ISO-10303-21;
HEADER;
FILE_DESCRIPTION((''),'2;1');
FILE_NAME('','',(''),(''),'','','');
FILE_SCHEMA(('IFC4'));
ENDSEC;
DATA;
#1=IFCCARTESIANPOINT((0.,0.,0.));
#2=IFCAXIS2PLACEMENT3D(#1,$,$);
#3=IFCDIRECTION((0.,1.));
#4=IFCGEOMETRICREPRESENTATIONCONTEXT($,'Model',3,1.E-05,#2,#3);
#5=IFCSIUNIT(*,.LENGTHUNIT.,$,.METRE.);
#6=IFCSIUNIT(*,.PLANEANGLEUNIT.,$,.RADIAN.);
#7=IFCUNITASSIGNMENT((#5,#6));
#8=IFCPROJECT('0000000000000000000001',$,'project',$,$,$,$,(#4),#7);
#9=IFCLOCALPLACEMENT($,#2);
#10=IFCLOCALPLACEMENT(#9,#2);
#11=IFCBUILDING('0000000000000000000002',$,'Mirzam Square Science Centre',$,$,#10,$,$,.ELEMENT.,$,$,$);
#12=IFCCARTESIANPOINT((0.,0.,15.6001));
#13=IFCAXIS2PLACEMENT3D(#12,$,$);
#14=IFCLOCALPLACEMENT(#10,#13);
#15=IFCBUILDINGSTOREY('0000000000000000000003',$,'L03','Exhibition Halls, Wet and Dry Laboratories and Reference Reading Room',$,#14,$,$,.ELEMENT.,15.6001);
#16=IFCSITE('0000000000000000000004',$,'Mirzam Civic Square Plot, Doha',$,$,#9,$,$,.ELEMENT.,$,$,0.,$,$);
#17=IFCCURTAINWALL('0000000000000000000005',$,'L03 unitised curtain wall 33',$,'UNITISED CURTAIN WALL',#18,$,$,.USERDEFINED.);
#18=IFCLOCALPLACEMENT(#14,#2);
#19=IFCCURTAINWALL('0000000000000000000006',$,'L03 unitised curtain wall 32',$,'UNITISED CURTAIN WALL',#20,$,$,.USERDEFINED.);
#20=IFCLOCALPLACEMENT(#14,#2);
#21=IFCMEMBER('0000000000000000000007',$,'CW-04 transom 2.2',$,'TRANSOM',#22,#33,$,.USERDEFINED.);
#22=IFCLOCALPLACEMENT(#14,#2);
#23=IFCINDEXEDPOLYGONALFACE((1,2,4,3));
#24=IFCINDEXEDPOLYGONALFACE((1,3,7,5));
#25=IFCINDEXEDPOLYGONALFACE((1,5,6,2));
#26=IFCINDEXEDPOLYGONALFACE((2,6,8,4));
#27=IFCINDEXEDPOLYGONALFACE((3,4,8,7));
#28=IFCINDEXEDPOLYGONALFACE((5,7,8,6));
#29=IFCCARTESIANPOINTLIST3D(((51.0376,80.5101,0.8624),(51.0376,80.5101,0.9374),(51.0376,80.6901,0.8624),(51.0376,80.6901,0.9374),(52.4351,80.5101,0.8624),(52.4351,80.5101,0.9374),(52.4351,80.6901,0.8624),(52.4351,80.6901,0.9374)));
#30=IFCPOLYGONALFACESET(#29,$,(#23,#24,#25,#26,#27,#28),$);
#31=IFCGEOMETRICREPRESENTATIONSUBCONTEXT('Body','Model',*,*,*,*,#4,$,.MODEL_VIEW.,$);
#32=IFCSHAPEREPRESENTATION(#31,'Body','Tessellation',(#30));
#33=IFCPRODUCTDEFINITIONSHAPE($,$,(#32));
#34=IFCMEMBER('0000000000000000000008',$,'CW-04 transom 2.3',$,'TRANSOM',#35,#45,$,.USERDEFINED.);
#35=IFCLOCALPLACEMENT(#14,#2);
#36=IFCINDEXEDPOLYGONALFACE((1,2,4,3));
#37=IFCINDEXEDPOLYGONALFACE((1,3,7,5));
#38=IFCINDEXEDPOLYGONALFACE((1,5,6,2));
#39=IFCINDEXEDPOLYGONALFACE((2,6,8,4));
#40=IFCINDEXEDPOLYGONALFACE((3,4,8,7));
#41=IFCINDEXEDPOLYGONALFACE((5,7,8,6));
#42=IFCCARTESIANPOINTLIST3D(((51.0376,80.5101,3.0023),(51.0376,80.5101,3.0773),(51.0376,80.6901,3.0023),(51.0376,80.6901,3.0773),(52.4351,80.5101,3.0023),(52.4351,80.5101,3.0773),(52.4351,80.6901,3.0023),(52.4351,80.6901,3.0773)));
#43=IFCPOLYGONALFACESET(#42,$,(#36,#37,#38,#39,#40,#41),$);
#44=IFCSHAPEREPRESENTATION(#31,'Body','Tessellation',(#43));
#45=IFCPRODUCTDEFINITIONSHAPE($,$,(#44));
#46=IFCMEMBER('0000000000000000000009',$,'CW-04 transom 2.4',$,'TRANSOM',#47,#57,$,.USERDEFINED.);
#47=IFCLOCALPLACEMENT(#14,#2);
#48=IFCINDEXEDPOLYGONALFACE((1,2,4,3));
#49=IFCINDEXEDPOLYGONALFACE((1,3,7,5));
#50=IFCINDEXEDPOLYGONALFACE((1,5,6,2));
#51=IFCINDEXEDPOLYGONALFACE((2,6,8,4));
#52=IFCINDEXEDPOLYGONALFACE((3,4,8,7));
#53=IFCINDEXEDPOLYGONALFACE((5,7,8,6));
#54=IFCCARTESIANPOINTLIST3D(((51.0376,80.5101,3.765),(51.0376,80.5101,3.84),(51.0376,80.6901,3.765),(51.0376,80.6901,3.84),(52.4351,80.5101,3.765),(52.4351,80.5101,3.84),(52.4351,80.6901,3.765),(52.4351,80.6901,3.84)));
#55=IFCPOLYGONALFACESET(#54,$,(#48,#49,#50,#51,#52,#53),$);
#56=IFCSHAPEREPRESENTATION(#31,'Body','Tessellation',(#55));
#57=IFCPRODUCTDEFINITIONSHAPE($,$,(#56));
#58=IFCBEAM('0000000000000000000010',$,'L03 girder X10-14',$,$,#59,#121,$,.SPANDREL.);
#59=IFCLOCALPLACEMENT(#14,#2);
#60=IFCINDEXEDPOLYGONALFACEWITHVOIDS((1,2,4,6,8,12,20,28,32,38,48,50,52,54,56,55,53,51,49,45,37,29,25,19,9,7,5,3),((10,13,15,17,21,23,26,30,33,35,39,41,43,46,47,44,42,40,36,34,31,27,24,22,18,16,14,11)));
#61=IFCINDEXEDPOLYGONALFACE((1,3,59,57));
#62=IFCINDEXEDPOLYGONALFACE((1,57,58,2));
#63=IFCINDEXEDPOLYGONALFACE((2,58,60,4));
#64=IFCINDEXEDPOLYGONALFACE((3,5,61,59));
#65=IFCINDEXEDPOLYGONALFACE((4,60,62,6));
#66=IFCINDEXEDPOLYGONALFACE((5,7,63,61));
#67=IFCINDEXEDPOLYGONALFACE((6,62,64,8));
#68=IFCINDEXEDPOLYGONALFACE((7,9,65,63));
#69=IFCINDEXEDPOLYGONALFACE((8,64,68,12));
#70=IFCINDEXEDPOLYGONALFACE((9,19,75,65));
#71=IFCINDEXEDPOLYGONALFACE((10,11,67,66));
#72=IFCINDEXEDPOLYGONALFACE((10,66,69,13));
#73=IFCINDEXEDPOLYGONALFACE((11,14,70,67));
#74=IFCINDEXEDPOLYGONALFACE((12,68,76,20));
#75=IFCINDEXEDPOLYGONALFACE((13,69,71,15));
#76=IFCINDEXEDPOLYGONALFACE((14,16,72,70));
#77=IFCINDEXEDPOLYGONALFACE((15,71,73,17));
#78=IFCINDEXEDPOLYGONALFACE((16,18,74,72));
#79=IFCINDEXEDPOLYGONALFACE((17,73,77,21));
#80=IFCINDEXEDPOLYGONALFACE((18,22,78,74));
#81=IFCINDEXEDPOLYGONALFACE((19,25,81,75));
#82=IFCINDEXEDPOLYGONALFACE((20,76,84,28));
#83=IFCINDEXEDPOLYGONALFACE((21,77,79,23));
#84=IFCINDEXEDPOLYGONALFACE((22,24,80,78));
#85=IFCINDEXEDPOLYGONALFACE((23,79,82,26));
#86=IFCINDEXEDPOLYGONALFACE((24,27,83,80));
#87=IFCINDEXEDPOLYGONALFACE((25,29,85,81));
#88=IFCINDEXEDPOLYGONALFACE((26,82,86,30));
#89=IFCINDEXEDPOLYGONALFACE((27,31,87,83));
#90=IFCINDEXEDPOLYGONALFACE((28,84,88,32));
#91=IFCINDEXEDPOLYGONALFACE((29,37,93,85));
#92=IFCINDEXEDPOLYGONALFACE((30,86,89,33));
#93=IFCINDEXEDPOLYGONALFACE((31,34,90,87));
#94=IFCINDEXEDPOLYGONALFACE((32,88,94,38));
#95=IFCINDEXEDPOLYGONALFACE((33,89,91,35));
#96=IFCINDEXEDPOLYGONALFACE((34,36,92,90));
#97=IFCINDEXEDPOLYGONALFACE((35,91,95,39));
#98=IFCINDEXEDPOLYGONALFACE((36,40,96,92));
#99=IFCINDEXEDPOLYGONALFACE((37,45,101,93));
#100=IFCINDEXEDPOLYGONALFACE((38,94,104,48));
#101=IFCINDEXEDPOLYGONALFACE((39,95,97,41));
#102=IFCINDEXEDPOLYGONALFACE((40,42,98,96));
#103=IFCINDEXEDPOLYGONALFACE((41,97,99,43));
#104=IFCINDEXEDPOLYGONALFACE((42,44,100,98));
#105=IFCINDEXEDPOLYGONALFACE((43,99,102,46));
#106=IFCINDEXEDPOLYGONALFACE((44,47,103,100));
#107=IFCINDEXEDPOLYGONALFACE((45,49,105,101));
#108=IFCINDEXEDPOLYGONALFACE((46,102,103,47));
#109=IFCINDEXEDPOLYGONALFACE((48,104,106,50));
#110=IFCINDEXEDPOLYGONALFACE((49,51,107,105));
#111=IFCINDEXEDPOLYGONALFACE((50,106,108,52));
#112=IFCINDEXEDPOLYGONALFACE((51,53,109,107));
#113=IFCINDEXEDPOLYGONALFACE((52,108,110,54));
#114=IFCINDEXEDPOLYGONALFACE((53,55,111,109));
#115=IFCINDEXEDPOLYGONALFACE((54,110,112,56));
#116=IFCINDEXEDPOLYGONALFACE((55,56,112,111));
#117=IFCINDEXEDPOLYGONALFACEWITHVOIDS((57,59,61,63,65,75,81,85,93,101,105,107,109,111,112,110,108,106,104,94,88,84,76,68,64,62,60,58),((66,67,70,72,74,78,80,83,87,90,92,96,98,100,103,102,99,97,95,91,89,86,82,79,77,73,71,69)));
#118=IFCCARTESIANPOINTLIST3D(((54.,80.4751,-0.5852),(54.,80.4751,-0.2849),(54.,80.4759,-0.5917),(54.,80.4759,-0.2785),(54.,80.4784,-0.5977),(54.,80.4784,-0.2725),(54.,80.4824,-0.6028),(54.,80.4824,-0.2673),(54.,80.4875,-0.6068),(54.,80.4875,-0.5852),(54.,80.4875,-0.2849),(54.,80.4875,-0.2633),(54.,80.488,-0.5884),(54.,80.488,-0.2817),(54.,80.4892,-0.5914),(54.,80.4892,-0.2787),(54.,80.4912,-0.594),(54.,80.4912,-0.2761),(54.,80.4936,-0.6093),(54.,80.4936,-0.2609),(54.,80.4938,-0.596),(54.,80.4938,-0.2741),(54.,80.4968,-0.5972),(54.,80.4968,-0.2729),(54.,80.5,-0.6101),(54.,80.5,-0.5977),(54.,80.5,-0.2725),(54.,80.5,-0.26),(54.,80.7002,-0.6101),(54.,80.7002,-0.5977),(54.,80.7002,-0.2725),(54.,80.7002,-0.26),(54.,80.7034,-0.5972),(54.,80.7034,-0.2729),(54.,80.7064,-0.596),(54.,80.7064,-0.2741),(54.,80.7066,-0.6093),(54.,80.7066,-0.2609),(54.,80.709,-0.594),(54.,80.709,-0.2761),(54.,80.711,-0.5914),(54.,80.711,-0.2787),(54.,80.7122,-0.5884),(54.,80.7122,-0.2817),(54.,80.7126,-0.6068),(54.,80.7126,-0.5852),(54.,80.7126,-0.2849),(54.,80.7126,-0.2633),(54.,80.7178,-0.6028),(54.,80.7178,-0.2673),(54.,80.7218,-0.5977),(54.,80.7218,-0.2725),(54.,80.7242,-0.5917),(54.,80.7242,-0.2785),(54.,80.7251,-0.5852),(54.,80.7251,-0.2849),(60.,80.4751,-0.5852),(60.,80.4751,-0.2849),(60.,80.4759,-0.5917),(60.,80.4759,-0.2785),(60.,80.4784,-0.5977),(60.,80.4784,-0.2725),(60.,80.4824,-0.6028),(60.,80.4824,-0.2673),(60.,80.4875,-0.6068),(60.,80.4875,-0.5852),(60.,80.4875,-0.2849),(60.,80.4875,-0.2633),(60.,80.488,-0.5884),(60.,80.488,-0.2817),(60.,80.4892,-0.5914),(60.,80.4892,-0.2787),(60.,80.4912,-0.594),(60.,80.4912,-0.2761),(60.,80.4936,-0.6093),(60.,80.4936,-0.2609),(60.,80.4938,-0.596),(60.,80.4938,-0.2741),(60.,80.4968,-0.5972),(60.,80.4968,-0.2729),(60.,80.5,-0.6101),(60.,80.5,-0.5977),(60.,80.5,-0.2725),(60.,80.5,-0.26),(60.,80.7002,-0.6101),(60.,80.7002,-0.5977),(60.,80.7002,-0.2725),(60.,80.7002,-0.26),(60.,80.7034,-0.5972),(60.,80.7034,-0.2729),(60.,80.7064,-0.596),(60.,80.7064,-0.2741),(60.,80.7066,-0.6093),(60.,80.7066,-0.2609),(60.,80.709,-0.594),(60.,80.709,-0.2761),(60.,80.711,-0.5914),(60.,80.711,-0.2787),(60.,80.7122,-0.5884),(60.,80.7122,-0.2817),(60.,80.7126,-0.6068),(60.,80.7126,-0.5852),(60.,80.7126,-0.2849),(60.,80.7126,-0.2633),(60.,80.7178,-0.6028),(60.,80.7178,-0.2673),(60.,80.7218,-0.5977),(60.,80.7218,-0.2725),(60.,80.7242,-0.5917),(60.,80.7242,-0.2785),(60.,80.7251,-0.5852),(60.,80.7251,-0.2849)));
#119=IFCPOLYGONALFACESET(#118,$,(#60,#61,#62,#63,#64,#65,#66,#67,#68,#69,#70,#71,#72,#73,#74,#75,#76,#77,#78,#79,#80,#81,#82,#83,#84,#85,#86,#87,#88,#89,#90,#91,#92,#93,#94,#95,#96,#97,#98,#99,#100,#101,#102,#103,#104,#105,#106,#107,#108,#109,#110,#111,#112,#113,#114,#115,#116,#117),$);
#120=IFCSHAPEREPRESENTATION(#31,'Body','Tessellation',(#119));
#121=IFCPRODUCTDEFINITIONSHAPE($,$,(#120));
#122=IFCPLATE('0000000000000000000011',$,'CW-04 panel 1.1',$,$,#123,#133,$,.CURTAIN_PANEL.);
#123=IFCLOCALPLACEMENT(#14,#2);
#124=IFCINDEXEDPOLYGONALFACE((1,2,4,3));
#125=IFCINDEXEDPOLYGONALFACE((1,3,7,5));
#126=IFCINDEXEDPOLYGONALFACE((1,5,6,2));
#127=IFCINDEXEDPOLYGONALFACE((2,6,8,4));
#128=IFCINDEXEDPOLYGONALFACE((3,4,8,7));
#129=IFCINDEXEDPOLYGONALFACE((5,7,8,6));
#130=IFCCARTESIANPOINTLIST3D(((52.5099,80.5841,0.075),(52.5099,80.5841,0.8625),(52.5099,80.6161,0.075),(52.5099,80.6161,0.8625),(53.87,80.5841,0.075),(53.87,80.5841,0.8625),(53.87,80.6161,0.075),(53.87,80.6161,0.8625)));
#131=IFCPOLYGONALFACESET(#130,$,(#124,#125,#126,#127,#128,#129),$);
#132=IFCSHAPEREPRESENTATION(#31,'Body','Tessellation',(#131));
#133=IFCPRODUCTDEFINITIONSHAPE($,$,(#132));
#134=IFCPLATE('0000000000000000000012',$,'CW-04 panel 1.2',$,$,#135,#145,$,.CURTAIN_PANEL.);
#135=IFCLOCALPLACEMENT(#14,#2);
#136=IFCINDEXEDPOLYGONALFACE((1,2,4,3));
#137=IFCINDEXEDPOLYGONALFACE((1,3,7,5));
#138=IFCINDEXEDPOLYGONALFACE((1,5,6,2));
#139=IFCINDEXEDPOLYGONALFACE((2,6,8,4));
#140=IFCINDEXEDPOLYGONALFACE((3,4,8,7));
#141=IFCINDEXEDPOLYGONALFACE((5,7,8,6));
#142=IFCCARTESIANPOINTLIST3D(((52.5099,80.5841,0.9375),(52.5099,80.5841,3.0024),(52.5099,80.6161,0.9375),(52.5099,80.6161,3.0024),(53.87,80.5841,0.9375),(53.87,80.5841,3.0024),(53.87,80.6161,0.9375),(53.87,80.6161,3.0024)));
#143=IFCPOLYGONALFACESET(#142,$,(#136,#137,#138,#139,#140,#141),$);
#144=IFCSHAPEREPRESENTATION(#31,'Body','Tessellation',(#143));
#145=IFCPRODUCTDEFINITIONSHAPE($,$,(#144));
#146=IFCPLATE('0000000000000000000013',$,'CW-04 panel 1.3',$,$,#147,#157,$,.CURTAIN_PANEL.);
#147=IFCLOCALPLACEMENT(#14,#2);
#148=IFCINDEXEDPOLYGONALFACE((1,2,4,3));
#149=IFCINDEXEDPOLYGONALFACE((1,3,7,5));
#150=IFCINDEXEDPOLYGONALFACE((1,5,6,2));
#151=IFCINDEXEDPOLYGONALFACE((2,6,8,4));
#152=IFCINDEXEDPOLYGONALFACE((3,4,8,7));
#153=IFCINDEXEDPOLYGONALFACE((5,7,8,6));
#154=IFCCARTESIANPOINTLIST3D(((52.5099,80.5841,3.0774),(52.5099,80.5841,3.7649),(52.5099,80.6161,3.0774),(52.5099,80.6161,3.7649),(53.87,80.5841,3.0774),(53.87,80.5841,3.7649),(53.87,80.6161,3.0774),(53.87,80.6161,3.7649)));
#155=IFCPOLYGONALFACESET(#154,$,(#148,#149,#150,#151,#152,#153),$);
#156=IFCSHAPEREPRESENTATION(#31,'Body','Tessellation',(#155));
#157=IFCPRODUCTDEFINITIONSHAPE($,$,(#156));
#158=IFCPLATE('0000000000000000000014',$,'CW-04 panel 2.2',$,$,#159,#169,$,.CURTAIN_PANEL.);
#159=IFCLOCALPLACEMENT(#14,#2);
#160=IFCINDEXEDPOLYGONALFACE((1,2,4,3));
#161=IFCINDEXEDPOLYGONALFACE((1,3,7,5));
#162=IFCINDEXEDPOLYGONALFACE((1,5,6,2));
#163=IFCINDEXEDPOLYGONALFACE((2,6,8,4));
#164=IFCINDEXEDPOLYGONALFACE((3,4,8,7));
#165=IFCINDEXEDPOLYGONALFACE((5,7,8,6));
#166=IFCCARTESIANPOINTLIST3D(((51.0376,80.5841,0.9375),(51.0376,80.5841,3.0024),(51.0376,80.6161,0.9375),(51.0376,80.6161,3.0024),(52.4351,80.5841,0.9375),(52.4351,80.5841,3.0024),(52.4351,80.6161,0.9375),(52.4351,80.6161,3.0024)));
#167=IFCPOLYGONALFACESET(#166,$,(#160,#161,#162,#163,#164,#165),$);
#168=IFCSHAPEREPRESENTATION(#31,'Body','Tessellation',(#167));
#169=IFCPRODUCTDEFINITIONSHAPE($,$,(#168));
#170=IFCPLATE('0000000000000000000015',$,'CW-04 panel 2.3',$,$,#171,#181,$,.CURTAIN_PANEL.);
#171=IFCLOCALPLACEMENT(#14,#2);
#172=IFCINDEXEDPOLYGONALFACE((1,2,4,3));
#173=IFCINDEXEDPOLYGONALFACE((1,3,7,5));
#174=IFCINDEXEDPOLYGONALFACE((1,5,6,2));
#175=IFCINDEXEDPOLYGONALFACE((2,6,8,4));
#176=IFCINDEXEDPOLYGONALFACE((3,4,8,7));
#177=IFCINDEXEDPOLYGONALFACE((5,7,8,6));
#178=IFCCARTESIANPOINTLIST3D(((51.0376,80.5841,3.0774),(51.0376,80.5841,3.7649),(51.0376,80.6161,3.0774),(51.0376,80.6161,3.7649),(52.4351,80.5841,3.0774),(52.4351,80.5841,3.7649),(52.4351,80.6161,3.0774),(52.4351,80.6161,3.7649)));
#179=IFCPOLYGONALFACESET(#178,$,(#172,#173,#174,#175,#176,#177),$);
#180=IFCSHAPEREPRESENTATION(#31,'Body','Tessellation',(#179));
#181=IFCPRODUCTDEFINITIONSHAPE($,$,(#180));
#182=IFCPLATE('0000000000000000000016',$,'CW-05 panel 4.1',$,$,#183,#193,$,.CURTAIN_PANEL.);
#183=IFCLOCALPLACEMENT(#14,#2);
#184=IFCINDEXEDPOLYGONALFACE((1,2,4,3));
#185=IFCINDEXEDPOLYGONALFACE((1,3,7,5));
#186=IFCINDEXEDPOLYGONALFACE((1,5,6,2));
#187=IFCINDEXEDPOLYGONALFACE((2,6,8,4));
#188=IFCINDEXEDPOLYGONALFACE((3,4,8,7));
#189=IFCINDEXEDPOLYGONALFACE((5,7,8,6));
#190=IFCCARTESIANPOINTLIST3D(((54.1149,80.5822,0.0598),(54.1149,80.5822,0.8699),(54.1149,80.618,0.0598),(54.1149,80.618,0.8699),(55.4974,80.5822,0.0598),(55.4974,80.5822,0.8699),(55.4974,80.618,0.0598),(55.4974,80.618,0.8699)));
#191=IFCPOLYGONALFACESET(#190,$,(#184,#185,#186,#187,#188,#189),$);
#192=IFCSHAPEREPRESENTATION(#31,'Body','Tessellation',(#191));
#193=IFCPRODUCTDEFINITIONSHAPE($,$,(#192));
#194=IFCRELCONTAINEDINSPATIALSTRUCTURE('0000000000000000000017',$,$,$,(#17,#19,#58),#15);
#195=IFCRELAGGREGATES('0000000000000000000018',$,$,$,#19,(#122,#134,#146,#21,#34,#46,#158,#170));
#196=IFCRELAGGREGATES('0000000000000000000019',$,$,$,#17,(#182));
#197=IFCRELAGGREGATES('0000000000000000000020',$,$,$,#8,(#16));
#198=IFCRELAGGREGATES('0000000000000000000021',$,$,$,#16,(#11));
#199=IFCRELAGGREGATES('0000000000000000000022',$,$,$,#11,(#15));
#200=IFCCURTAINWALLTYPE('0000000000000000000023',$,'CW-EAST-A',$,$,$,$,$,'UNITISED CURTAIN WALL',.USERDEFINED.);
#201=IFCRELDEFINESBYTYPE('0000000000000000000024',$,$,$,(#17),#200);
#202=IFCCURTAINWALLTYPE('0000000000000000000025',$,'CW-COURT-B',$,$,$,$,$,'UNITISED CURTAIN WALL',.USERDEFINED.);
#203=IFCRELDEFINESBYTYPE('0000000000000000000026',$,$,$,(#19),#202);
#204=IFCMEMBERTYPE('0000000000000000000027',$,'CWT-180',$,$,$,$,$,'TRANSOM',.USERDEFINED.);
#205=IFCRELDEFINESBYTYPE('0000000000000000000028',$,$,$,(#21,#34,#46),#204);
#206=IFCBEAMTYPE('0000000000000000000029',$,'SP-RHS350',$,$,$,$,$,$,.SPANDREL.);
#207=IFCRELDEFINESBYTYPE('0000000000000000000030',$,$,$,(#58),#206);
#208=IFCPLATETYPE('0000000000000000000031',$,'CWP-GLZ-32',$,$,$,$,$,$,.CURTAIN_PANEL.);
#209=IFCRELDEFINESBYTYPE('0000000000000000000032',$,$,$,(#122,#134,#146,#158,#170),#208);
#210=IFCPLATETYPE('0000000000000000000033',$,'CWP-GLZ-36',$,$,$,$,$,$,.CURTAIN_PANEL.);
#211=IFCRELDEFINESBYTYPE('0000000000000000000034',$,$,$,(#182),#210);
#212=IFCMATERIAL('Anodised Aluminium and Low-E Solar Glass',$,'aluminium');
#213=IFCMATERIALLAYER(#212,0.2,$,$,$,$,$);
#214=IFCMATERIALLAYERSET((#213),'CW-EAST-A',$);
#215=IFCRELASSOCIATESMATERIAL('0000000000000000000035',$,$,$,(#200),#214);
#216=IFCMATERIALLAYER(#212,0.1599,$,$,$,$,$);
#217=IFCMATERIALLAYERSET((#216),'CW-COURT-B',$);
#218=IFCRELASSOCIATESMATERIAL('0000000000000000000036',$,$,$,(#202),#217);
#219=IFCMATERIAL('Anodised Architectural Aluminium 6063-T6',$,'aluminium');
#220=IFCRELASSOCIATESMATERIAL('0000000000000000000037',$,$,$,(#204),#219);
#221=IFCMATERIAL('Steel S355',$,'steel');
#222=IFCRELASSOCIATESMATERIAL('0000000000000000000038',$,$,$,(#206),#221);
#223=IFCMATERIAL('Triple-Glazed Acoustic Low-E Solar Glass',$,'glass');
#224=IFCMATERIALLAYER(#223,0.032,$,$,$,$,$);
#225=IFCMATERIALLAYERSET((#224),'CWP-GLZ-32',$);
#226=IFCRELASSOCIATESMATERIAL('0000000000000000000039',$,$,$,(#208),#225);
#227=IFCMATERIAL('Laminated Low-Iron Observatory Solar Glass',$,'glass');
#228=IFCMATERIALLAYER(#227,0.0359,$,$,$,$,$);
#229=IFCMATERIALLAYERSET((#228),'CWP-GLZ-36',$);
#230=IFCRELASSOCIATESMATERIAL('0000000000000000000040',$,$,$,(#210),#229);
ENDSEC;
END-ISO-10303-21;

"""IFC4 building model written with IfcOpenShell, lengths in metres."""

from ifc_helpers import new_model, si_unit, direction, frame, origin, origin_2d, place, context, subcontext, project, spatial, rectangle, hollow_rectangle, extrude, material, layer, layer_set, material_profile, profile_set, type_object, element, aggregate, save


model = new_model("IFC4")

# Units and contexts
model_context = context("Model", 3, precision=1e-05, world=origin(), true_north=direction((0.0, 1.0)))
body_context = subcontext(model_context, "Body", "Model", "MODEL_VIEW")
ifc_project = project(units=[si_unit("LENGTHUNIT", "METRE"), si_unit("PLANEANGLEUNIT", "RADIAN")], contexts=[model_context])

# Site, building, storey
site_placement = place(None, origin())
site = spatial("IfcSite", under=ifc_project, at=site_placement, Name="Mirzam Civic Square Plot, Doha", CompositionType="ELEMENT", RefElevation=0.0)
building_placement = place(site_placement, origin())
building = spatial("IfcBuilding", under=site, at=building_placement, Name="Mirzam Square Science Centre", CompositionType="ELEMENT")
storey_placement = place(building_placement, frame((0.0, 0.0, 15.6001)))
storey = spatial("IfcBuildingStorey", under=building, at=storey_placement, Name="L03", Description="Exhibition Halls, Wet and Dry Laboratories and Reference Reading Room", CompositionType="ELEMENT", Elevation=15.6001)

# Shared definitions
ifc_material_1 = material(Name="Steel S355", Category="steel")

# Curtain wall
ifc_material_2 = material(Name="Anodised Aluminium and Low-E Solar Glass", Category="aluminium")
ifc_layer_1 = layer(ifc_material_2, 0.2)
ifc_layer_set_1 = layer_set([ifc_layer_1], Name="CW-EAST-A")
curtain_wall_type_1 = type_object("IfcCurtainWallType", Name="CW-EAST-A", ElementType="UNITISED CURTAIN WALL", PredefinedType="USERDEFINED", material=ifc_layer_set_1)
curtain_wall_1_placement = place(storey_placement, origin())
curtain_wall_1 = element("IfcCurtainWall", 1, at=curtain_wall_1_placement, inside=storey, type_object=curtain_wall_type_1, Name="L03 unitised curtain wall 33", ObjectType="UNITISED CURTAIN WALL", PredefinedType="USERDEFINED")
ifc_material_3 = material(Name="Anodised Architectural Aluminium 6063-T6", Category="aluminium")

# Curtain wall
ifc_layer_2 = layer(ifc_material_2, 0.1599)
ifc_layer_set_2 = layer_set([ifc_layer_2], Name="CW-COURT-B")
curtain_wall_type_2 = type_object("IfcCurtainWallType", Name="CW-COURT-B", ElementType="UNITISED CURTAIN WALL", PredefinedType="USERDEFINED", material=ifc_layer_set_2)
curtain_wall_2_placement = place(storey_placement, origin())
curtain_wall_2 = element("IfcCurtainWall", 2, at=curtain_wall_2_placement, inside=storey, type_object=curtain_wall_type_2, Name="L03 unitised curtain wall 32", ObjectType="UNITISED CURTAIN WALL", PredefinedType="USERDEFINED")

# Members
ifc_material_profile_1 = material_profile(ifc_material_3, rectangle(XDim=0.1799, YDim=0.075, at=origin_2d()), Name="ALU-TRAN-180x75x5")
ifc_profile_set_1 = profile_set([ifc_material_profile_1], Name="Anodised Architectural Aluminium 6063-T6")
member_type_1 = type_object("IfcMemberType", Name="CWT-180", ElementType="TRANSOM", PredefinedType="USERDEFINED", material=ifc_profile_set_1)
member_1_placement = place(storey_placement, frame((52.4351, 80.6001, 0.8999), z_axis=(-1.0, 0.0, 0.0), x_axis=(0.0, -1.0, 0.0)))
member_1 = element("IfcMember", 3, at=member_1_placement, type_object=member_type_1, Name="CW-04 transom 2.2", ObjectType="TRANSOM", PredefinedType="USERDEFINED", context=body_context, shape_type="SweptSolid", body=[
    extrude(rectangle(XDim=0.1799, YDim=0.075, at=origin_2d()), origin(), (0.0, 0.0, 1.0), 1.3975),
])
member_2_placement = place(storey_placement, frame((52.4351, 80.6001, 3.0398), z_axis=(-1.0, 0.0, 0.0), x_axis=(0.0, -1.0, 0.0)))
member_2 = element("IfcMember", 4, at=member_2_placement, type_object=member_type_1, Name="CW-04 transom 2.3", ObjectType="TRANSOM", PredefinedType="USERDEFINED", context=body_context, shape_type="SweptSolid", body=[
    extrude(rectangle(XDim=0.1799, YDim=0.075, at=origin_2d()), origin(), (0.0, 0.0, 1.0), 1.3975),
])
member_3_placement = place(storey_placement, frame((52.4351, 80.6001, 3.8025), z_axis=(-1.0, 0.0, 0.0), x_axis=(0.0, -1.0, 0.0)))
member_3 = element("IfcMember", 5, at=member_3_placement, type_object=member_type_1, Name="CW-04 transom 2.4", ObjectType="TRANSOM", PredefinedType="USERDEFINED", context=body_context, shape_type="SweptSolid", body=[
    extrude(rectangle(XDim=0.1799, YDim=0.075, at=origin_2d()), origin(), (0.0, 0.0, 1.0), 1.3975),
])

# Beam
ifc_material_profile_2 = material_profile(ifc_material_1, hollow_rectangle(XDim=0.25, YDim=0.3501, WallThickness=0.0125, InnerFilletRadius=0.0125, OuterFilletRadius=0.0249, at=origin_2d()), Name="350x250x12.5RHS")
ifc_profile_set_2 = profile_set([ifc_material_profile_2], Name="Steel S355")
beam_type = type_object("IfcBeamType", Name="SP-RHS350", PredefinedType="SPANDREL", material=ifc_profile_set_2)
beam_placement = place(storey_placement, frame((54.0, 80.6001, -0.4351), z_axis=(1.0, 0.0, 0.0), x_axis=(0.0, 1.0, 0.0)))
element("IfcBeam", 6, at=beam_placement, inside=storey, type_object=beam_type, Name="L03 girder X10-14", PredefinedType="SPANDREL", context=body_context, shape_type="SweptSolid", body=[
    extrude(hollow_rectangle(XDim=0.25, YDim=0.3501, WallThickness=0.0125, InnerFilletRadius=0.0125, OuterFilletRadius=0.0249, at=origin_2d()), origin(), (0.0, 0.0, 1.0), 6.0),
])

# Plates
ifc_material_4 = material(Name="Triple-Glazed Acoustic Low-E Solar Glass", Category="glass")
ifc_layer_3 = layer(ifc_material_4, 0.032)
ifc_layer_set_3 = layer_set([ifc_layer_3], Name="CWP-GLZ-32")
plate_type_1 = type_object("IfcPlateType", Name="CWP-GLZ-32", PredefinedType="CURTAIN_PANEL", material=ifc_layer_set_3)
plate_1_placement = place(storey_placement, frame((53.1899, 80.6001, 0.075), z_axis=(0.0, 0.0, 1.0), x_axis=(-1.0, 0.0, 0.0)))
plate_1 = element("IfcPlate", 7, at=plate_1_placement, type_object=plate_type_1, Name="CW-04 panel 1.1", PredefinedType="CURTAIN_PANEL", context=body_context, shape_type="SweptSolid", body=[
    extrude(rectangle(XDim=1.3601, YDim=0.032, at=origin_2d()), origin(), (0.0, 0.0, 1.0), 0.7876),
])
plate_2_placement = place(storey_placement, frame((53.1899, 80.6001, 0.9375), z_axis=(0.0, 0.0, 1.0), x_axis=(-1.0, 0.0, 0.0)))
plate_2 = element("IfcPlate", 8, at=plate_2_placement, type_object=plate_type_1, Name="CW-04 panel 1.2", PredefinedType="CURTAIN_PANEL", context=body_context, shape_type="SweptSolid", body=[
    extrude(rectangle(XDim=1.3601, YDim=0.032, at=origin_2d()), origin(), (0.0, 0.0, 1.0), 2.0649),
])
plate_3_placement = place(storey_placement, frame((53.1899, 80.6001, 3.0774), z_axis=(0.0, 0.0, 1.0), x_axis=(-1.0, 0.0, 0.0)))
plate_3 = element("IfcPlate", 9, at=plate_3_placement, type_object=plate_type_1, Name="CW-04 panel 1.3", PredefinedType="CURTAIN_PANEL", context=body_context, shape_type="SweptSolid", body=[
    extrude(rectangle(XDim=1.3601, YDim=0.032, at=origin_2d()), origin(), (0.0, 0.0, 1.0), 0.6875),
])
plate_4_placement = place(storey_placement, frame((51.7363, 80.6001, 0.9375), z_axis=(0.0, 0.0, 1.0), x_axis=(-1.0, 0.0, 0.0)))
plate_4 = element("IfcPlate", 10, at=plate_4_placement, type_object=plate_type_1, Name="CW-04 panel 2.2", PredefinedType="CURTAIN_PANEL", context=body_context, shape_type="SweptSolid", body=[
    extrude(rectangle(XDim=1.3975, YDim=0.032, at=origin_2d()), origin(), (0.0, 0.0, 1.0), 2.0649),
])
plate_5_placement = place(storey_placement, frame((51.7363, 80.6001, 3.0774), z_axis=(0.0, 0.0, 1.0), x_axis=(-1.0, 0.0, 0.0)))
plate_5 = element("IfcPlate", 11, at=plate_5_placement, type_object=plate_type_1, Name="CW-04 panel 2.3", PredefinedType="CURTAIN_PANEL", context=body_context, shape_type="SweptSolid", body=[
    extrude(rectangle(XDim=1.3975, YDim=0.032, at=origin_2d()), origin(), (0.0, 0.0, 1.0), 0.6875),
])
aggregate(curtain_wall_2, [plate_1, plate_2, plate_3, member_1, member_2, member_3, plate_4, plate_5])
ifc_material_5 = material(Name="Laminated Low-Iron Observatory Solar Glass", Category="glass")
ifc_layer_4 = layer(ifc_material_5, 0.0359)
ifc_layer_set_4 = layer_set([ifc_layer_4], Name="CWP-GLZ-36")
plate_type_2 = type_object("IfcPlateType", Name="CWP-GLZ-36", PredefinedType="CURTAIN_PANEL", material=ifc_layer_set_4)
plate_6_placement = place(storey_placement, frame((54.8062, 80.6001, 0.0598), z_axis=(0.0, 0.0, 1.0), x_axis=(-1.0, 0.0, 0.0)))
plate_6 = element("IfcPlate", 12, at=plate_6_placement, type_object=plate_type_2, Name="CW-05 panel 4.1", PredefinedType="CURTAIN_PANEL", context=body_context, shape_type="SweptSolid", body=[
    extrude(rectangle(XDim=1.3826, YDim=0.0359, at=origin_2d()), origin(), (0.0, 0.0, 1.0), 0.8101),
])
aggregate(curtain_wall_1, [plate_6])

save(model, "model.ifc")
